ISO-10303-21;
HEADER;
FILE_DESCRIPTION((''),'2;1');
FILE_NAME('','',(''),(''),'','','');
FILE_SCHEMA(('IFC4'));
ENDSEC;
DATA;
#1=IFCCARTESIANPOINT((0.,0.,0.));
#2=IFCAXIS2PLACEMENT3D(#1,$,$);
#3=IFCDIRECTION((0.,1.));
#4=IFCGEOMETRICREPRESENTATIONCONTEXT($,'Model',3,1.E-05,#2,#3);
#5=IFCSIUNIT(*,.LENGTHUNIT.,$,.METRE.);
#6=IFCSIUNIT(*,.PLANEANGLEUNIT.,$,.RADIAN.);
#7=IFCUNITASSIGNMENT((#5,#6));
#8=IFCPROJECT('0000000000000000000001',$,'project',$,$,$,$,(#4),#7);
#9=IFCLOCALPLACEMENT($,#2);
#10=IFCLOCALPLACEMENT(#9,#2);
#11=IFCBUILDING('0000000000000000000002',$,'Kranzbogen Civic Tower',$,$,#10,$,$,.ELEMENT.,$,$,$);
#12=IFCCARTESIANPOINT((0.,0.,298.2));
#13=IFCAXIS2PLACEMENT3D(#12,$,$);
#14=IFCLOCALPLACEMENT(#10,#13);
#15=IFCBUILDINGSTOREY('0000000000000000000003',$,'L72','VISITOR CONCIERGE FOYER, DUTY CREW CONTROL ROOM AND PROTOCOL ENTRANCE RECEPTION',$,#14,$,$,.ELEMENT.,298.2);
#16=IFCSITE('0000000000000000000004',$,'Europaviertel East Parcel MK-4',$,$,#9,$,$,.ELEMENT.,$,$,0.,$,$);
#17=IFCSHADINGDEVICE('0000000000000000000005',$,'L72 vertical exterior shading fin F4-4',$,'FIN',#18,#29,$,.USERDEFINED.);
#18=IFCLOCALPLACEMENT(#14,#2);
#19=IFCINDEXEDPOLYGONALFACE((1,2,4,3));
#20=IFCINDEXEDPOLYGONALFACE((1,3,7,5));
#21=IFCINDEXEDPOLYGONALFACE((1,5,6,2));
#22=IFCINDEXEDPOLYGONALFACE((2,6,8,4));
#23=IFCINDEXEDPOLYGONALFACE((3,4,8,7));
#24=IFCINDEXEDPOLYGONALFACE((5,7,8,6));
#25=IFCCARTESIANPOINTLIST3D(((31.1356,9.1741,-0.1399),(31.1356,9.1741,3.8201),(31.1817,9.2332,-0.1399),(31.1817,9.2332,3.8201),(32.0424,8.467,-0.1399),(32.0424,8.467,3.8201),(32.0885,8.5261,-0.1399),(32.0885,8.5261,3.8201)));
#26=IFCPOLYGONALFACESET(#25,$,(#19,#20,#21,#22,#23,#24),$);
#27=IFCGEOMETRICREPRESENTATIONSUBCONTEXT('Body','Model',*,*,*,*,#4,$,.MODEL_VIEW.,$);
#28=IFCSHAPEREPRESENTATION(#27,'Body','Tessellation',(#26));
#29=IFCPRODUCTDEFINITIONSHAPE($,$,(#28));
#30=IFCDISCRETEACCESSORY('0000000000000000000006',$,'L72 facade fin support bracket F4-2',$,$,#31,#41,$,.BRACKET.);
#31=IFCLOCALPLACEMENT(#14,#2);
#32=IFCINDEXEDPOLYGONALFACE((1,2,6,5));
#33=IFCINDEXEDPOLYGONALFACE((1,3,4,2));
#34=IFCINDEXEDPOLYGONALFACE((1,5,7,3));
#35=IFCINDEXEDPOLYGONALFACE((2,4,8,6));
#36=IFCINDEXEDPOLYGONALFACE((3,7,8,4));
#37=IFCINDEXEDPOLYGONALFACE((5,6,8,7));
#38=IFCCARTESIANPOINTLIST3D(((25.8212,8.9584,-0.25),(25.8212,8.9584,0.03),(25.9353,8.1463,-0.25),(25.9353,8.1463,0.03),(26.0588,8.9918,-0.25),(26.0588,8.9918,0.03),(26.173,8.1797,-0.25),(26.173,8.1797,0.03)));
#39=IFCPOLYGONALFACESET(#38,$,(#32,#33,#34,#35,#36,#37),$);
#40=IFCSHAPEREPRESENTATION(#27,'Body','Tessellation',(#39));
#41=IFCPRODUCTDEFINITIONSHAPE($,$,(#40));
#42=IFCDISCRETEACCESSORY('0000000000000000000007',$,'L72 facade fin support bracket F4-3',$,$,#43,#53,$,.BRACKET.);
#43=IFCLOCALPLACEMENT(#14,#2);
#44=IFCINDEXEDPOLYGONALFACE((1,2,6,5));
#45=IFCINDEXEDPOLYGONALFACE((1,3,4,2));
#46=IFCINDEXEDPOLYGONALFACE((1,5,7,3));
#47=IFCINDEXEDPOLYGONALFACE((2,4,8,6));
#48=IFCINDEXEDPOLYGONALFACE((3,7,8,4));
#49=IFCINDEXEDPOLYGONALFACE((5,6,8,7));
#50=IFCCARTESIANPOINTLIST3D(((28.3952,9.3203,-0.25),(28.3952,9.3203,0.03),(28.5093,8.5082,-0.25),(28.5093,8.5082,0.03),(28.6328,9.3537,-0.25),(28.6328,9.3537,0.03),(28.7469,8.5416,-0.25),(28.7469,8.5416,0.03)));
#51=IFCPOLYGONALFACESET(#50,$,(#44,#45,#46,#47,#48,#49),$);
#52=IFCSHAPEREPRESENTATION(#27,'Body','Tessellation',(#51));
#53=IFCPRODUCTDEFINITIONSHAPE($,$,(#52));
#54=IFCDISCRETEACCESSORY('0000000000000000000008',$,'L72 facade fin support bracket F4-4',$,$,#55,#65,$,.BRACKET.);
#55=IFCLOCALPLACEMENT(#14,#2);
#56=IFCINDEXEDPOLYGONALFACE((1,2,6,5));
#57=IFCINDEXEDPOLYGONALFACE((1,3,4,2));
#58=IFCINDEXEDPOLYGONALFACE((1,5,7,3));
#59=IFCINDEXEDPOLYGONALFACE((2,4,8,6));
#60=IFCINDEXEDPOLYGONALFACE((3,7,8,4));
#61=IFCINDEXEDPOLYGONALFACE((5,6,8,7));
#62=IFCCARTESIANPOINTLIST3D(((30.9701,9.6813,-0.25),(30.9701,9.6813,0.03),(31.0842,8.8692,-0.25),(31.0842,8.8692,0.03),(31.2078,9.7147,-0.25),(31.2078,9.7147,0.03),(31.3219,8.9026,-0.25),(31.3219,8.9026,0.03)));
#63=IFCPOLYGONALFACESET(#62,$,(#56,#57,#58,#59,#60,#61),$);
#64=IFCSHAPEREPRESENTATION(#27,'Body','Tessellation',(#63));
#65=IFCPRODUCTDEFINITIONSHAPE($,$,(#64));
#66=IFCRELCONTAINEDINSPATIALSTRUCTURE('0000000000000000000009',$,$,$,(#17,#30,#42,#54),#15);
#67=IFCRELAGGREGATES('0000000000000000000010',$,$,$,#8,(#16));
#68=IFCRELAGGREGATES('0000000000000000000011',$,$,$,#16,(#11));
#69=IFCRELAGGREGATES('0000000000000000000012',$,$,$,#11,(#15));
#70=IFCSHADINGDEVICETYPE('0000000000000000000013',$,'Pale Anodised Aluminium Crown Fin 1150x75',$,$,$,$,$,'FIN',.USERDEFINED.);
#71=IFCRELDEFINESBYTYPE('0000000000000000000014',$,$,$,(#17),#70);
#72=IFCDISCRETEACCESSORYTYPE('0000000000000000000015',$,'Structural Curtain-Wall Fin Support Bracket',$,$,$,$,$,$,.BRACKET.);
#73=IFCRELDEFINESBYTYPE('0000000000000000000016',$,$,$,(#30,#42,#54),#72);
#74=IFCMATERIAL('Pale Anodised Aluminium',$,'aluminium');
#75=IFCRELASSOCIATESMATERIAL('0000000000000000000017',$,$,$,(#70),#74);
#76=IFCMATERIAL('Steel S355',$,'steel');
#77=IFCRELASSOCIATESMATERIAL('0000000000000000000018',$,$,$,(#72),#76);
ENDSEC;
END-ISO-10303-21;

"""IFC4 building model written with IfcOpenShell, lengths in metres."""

from ifc_helpers import new_model, si_unit, direction, frame, origin, origin_2d, place, context, subcontext, project, spatial, rectangle, extrude, material, type_object, element, save


model = new_model("IFC4")

# Units and contexts
model_context = context("Model", 3, precision=1e-05, world=origin(), true_north=direction((0.0, 1.0)))
body_context = subcontext(model_context, "Body", "Model", "MODEL_VIEW")
ifc_project = project(units=[si_unit("LENGTHUNIT", "METRE"), si_unit("PLANEANGLEUNIT", "RADIAN")], contexts=[model_context])

# Site, building, storey
site_placement = place(None, origin())
site = spatial("IfcSite", under=ifc_project, at=site_placement, Name="Europaviertel East Parcel MK-4", CompositionType="ELEMENT", RefElevation=0.0)
building_placement = place(site_placement, origin())
building = spatial("IfcBuilding", under=site, at=building_placement, Name="Kranzbogen Civic Tower", CompositionType="ELEMENT")
storey_placement = place(building_placement, frame((0.0, 0.0, 298.2)))
storey = spatial("IfcBuildingStorey", under=building, at=storey_placement, Name="L72", Description="VISITOR CONCIERGE FOYER, DUTY CREW CONTROL ROOM AND PROTOCOL ENTRANCE RECEPTION", CompositionType="ELEMENT", Elevation=298.2)

# Shared definitions
ifc_material_1 = material(Name="Steel S355", Category="steel")

# Shared definitions
ifc_material_2 = material(Name="Pale Anodised Aluminium", Category="aluminium")

# Shading device
shading_device_type = type_object("IfcShadingDeviceType", Name="Pale Anodised Aluminium Crown Fin 1150x75", ElementType="FIN", PredefinedType="USERDEFINED", material=ifc_material_2)
for number, where, z_axis, x_axis, name in (
    (1, (31.6121, 8.8501, -0.1399), (0.0, 0.0, 1.0), (0.788601, -0.614905, 0.0), "L72 vertical exterior shading fin F4-4"),
):
    element("IfcShadingDevice", number, at=place(storey_placement, frame(where, z_axis=z_axis, x_axis=x_axis)), inside=storey, type_object=shading_device_type, Name=name, ObjectType="FIN", PredefinedType="USERDEFINED", context=body_context, shape_type="SweptSolid", body=[
        extrude(rectangle(XDim=1.1499, YDim=0.075, at=origin_2d()), origin(), (0.0, 0.0, 1.0), 3.96),
    ])

# Discrete accessories
discrete_accessory_type = type_object("IfcDiscreteAccessoryType", Name="Structural Curtain-Wall Fin Support Bracket", PredefinedType="BRACKET", material=ifc_material_1)
for number, where, z_axis, x_axis, name in (
    (2, (25.9971, 8.5691, -0.25), (0.0, 0.0, 1.0), (0.139173, -0.990268, 0.0), "L72 facade fin support bracket F4-2"),
    (3, (28.571, 8.9309, -0.25), (0.0, 0.0, 1.0), (0.139173, -0.990268, 0.0), "L72 facade fin support bracket F4-3"),
    (4, (31.146, 9.292, -0.25), (0.0, 0.0, 1.0), (0.139173, -0.990268, 0.0), "L72 facade fin support bracket F4-4"),
):
    element("IfcDiscreteAccessory", number, at=place(storey_placement, frame(where, z_axis=z_axis, x_axis=x_axis)), inside=storey, type_object=discrete_accessory_type, Name=name, PredefinedType="BRACKET", context=body_context, shape_type="SweptSolid", body=[
        extrude(rectangle(XDim=0.8201, YDim=0.24, at=origin_2d()), origin(), (0.0, 0.0, 1.0), 0.28),
    ])

save(model, "model.ifc")
